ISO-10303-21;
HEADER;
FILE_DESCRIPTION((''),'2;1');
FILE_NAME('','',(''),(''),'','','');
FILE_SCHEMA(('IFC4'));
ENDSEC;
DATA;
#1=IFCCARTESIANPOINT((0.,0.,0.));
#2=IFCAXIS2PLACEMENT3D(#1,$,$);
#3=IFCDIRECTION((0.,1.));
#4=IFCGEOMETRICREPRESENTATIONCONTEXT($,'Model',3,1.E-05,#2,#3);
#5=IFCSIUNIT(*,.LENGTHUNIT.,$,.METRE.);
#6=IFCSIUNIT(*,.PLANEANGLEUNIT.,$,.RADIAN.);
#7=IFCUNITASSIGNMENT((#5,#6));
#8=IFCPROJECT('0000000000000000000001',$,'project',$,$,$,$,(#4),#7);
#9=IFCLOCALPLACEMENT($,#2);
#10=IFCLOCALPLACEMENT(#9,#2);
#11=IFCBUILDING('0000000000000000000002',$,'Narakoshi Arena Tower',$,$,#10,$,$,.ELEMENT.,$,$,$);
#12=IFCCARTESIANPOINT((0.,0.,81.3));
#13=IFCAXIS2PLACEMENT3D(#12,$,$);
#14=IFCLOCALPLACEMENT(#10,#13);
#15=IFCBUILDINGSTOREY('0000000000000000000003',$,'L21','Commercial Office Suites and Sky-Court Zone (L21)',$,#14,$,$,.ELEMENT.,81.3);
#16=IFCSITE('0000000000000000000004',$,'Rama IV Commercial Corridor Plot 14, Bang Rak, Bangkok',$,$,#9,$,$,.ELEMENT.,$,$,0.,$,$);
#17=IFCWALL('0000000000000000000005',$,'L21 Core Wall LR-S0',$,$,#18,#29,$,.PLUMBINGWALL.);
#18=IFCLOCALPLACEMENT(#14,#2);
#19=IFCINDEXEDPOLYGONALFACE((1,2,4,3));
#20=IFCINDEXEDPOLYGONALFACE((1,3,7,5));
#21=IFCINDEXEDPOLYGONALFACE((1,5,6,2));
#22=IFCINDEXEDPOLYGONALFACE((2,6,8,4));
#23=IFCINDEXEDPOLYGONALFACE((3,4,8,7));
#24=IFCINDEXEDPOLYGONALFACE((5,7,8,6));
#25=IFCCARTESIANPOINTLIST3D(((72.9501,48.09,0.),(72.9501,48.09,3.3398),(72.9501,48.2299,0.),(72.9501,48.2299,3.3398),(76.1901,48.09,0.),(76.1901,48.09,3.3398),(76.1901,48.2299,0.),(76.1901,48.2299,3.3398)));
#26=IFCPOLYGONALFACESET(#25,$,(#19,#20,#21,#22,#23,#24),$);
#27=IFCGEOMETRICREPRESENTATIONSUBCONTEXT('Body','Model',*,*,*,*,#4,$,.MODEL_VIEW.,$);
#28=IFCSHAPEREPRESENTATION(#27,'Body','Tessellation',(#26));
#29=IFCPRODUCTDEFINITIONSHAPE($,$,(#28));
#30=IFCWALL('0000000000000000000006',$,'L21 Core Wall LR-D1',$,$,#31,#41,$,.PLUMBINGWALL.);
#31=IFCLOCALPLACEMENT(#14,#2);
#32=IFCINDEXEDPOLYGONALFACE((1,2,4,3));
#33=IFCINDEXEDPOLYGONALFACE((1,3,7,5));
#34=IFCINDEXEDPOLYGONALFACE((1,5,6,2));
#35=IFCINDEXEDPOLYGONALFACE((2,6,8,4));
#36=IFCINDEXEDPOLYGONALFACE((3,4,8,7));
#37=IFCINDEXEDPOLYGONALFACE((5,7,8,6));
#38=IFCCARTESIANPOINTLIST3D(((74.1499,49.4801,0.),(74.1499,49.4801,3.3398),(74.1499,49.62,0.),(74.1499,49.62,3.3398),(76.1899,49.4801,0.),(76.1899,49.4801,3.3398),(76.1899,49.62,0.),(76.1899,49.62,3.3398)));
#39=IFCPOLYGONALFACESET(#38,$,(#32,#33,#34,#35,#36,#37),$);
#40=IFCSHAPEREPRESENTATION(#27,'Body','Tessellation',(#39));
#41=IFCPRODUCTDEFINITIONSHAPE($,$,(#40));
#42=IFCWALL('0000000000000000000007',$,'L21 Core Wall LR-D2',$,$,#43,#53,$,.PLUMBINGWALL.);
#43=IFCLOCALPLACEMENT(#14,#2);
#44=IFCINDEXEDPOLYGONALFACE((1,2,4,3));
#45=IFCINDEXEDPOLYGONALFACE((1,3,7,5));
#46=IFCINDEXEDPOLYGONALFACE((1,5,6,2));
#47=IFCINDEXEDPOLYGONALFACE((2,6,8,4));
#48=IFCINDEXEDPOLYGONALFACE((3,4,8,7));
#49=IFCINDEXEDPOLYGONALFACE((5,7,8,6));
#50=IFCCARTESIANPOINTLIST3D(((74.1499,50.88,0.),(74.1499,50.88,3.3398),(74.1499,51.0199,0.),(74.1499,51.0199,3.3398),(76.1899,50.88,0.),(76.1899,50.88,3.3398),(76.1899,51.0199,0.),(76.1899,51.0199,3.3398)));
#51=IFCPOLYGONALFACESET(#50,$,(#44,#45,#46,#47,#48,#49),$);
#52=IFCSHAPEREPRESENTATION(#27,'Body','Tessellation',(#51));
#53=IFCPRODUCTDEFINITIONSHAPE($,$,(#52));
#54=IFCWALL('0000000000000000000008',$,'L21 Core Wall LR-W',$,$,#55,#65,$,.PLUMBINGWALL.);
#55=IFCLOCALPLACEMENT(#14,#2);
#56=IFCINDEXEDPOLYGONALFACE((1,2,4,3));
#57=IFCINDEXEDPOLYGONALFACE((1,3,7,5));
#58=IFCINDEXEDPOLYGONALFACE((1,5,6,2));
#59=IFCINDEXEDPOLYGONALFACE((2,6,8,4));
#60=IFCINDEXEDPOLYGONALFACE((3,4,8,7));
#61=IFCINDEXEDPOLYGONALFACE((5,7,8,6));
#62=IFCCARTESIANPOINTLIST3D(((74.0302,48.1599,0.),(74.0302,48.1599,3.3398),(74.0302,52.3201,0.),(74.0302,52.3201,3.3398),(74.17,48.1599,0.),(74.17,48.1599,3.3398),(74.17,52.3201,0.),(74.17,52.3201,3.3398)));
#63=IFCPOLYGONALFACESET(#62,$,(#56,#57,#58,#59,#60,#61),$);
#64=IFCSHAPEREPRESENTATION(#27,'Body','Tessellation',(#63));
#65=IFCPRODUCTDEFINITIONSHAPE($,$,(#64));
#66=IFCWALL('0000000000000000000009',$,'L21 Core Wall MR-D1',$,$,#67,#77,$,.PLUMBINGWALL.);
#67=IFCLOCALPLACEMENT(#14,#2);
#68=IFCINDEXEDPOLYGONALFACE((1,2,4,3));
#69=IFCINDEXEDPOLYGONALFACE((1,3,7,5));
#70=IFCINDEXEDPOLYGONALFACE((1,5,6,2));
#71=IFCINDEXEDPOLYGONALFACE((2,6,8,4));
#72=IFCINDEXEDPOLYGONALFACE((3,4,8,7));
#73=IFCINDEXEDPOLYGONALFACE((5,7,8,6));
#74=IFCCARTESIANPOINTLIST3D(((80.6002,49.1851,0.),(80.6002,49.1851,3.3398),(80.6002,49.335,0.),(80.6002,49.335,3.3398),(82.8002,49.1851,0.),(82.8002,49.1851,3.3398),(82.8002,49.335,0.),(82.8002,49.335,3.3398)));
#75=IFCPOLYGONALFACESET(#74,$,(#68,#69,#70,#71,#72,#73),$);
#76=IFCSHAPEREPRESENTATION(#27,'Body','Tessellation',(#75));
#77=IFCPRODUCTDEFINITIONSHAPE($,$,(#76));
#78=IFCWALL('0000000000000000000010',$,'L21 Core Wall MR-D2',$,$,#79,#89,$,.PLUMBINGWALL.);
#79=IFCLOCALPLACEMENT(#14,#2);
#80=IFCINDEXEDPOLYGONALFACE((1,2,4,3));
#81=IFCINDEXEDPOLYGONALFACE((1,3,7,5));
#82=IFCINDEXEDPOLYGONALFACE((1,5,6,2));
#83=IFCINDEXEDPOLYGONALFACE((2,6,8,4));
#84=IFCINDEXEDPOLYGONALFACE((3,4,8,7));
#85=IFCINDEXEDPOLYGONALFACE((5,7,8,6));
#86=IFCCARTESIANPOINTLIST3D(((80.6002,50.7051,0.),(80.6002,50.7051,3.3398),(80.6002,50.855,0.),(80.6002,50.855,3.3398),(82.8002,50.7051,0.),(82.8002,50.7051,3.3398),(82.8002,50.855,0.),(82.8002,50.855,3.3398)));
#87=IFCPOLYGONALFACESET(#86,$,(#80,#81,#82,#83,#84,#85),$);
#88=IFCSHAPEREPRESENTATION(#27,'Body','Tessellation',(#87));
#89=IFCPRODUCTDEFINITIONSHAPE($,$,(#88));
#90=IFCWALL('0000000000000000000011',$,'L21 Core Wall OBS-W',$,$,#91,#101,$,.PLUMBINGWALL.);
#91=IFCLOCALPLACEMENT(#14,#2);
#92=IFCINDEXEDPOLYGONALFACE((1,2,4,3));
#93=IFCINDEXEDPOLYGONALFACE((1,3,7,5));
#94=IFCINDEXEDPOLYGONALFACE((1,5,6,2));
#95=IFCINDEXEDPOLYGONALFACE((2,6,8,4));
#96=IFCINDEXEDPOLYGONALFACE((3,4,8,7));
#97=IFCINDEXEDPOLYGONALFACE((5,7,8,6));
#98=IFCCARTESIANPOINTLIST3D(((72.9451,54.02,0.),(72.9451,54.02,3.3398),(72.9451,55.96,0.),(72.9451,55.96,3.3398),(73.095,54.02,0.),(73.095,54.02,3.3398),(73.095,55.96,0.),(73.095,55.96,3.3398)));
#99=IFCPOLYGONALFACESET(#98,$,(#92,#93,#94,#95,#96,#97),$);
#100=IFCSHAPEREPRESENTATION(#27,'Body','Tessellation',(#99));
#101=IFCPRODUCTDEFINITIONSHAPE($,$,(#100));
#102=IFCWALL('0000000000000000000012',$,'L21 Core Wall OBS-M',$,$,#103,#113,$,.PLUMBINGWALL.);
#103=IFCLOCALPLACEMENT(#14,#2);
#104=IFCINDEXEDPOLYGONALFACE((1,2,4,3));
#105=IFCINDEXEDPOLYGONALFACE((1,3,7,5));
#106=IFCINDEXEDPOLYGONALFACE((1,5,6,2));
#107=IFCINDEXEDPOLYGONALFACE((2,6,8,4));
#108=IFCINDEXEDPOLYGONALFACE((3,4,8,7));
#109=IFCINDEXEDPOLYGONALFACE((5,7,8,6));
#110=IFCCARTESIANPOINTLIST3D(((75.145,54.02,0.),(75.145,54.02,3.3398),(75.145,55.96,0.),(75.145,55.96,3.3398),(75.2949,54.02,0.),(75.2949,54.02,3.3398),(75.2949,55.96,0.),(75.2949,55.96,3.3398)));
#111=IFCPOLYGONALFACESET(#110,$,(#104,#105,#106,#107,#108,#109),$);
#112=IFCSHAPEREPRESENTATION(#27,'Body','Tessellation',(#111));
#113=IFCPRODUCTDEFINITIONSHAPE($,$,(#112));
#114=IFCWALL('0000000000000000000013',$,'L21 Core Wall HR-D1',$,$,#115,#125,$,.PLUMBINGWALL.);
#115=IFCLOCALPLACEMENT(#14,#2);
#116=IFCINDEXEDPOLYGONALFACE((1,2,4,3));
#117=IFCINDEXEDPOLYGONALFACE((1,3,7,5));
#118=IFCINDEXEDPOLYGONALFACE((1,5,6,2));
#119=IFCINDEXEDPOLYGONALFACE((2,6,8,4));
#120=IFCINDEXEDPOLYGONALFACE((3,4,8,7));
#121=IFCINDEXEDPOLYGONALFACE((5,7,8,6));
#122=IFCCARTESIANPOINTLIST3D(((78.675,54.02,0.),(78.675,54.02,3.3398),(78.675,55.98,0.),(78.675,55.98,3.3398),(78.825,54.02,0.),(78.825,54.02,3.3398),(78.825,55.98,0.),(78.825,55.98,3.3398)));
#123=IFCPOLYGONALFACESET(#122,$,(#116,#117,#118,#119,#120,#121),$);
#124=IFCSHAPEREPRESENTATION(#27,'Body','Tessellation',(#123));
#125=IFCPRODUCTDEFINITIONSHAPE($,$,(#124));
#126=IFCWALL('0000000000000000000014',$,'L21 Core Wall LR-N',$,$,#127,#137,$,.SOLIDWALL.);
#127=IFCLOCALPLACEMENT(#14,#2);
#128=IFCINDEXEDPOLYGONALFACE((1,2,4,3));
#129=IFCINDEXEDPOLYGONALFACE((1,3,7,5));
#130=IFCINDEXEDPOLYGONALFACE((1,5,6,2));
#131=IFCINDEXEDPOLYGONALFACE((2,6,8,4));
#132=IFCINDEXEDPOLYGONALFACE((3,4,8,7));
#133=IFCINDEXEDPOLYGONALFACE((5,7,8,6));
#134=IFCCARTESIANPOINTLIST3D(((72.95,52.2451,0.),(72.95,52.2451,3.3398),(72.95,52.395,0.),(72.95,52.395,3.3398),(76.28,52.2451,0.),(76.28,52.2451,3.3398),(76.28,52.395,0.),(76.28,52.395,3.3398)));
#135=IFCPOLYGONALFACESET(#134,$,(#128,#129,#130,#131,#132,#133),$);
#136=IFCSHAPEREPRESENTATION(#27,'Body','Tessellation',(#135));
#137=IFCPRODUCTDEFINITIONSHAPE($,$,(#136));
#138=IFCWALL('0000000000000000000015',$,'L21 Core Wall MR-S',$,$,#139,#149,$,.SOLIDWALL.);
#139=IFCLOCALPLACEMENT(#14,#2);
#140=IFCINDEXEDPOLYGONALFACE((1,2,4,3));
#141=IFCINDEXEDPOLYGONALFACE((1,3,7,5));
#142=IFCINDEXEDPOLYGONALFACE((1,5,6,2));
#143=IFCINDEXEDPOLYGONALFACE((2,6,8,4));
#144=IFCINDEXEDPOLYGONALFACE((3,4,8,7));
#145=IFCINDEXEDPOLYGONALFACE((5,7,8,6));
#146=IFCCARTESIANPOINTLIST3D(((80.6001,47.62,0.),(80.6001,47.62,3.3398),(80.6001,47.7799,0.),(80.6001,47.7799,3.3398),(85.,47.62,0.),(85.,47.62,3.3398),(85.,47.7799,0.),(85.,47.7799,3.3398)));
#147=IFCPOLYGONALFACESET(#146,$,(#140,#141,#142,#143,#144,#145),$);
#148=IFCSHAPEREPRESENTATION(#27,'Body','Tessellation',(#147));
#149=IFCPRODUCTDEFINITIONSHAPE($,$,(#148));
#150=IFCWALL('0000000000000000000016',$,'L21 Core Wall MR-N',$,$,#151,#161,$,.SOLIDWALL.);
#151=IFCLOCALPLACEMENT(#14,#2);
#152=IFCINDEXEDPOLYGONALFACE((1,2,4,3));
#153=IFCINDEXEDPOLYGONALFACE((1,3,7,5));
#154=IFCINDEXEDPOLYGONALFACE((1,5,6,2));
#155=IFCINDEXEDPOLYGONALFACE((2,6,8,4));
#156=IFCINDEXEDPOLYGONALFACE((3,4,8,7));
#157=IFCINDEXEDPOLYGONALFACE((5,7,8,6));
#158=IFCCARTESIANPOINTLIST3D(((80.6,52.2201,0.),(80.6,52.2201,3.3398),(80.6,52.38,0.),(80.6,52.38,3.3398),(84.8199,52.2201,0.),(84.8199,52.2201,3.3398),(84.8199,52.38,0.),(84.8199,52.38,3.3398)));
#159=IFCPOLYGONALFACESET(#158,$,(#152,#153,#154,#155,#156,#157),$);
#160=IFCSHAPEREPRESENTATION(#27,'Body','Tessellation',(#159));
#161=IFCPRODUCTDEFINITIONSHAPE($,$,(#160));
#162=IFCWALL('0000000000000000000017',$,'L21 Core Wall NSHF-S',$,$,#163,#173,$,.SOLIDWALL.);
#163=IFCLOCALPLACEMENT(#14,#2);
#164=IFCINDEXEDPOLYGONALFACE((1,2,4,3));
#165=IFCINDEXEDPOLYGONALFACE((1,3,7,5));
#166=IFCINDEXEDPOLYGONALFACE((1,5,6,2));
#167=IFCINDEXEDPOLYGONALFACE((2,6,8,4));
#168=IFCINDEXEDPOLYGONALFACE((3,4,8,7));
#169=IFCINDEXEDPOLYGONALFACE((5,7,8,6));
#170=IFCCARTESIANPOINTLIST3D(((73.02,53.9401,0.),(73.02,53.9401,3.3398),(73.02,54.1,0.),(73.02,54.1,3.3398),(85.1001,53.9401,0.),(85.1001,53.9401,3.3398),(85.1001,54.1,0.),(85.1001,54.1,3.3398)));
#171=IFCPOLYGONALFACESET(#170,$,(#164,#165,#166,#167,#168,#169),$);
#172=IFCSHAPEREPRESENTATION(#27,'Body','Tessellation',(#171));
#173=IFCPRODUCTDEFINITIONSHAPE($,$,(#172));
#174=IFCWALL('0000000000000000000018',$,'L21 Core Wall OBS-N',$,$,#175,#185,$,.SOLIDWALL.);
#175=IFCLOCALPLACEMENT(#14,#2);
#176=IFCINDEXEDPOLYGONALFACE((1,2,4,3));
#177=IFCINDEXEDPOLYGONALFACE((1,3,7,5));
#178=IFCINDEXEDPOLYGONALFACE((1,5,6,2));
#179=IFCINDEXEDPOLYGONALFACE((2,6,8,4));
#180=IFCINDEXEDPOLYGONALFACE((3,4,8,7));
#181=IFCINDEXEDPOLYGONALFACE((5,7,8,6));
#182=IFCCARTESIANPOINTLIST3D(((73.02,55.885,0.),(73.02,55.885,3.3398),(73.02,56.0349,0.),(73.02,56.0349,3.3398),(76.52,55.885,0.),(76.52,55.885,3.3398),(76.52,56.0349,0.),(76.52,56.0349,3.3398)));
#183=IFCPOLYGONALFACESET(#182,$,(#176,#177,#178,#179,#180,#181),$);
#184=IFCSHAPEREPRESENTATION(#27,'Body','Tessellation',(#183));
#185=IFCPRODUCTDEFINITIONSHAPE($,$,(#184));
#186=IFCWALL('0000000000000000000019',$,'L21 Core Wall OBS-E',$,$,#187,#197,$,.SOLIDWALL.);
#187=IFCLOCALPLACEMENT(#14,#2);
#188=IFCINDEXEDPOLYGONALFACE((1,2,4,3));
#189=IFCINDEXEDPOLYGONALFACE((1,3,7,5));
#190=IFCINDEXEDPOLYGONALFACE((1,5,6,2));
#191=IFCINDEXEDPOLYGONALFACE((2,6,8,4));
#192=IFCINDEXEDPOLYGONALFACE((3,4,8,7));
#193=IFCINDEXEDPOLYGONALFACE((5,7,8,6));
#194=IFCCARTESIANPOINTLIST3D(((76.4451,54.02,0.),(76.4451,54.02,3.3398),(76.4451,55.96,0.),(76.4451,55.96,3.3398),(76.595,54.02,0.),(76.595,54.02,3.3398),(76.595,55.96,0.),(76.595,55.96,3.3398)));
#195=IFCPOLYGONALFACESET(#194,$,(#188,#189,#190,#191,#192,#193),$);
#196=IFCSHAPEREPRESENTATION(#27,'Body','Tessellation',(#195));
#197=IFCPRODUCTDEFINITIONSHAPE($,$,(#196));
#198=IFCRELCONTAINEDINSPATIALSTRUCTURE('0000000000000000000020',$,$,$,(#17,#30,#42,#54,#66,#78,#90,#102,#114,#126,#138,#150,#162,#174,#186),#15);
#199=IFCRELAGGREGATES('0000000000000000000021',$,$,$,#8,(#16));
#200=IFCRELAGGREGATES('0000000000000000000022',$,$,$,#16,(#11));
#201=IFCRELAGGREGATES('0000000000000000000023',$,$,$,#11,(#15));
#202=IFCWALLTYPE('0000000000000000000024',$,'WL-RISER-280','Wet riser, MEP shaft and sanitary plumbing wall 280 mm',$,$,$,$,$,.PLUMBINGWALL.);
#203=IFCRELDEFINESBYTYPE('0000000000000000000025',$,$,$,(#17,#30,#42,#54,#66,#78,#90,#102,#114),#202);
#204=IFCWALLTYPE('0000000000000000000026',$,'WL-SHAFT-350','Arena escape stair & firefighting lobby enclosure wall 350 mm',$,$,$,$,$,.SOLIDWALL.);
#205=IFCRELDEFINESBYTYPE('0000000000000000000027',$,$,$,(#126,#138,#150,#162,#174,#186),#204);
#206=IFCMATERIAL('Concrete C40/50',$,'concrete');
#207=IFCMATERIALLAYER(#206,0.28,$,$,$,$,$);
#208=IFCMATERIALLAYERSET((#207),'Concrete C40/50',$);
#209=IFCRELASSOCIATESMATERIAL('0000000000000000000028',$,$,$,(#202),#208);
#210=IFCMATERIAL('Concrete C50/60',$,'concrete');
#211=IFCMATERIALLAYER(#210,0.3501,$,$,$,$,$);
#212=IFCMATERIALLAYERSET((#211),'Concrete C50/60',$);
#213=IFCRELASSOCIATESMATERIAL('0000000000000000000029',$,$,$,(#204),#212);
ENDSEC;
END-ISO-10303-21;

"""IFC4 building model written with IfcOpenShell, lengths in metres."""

from ifc_helpers import new_model, si_unit, direction, frame, frame_2d, origin, place, context, subcontext, project, spatial, rectangle, extrude, material, layer, layer_set, type_object, element, save


model = new_model("IFC4")

# Units and contexts
model_context = context("Model", 3, precision=1e-05, world=origin(), true_north=direction((0.0, 1.0)))
body_context = subcontext(model_context, "Body", "Model", "MODEL_VIEW")
ifc_project = project(units=[si_unit("LENGTHUNIT", "METRE"), si_unit("PLANEANGLEUNIT", "RADIAN")], contexts=[model_context])

# Site, building, storey
site_placement = place(None, origin())
site = spatial("IfcSite", under=ifc_project, at=site_placement, Name="Rama IV Commercial Corridor Plot 14, Bang Rak, Bangkok", CompositionType="ELEMENT", RefElevation=0.0)
building_placement = place(site_placement, origin())
building = spatial("IfcBuilding", under=site, at=building_placement, Name="Narakoshi Arena Tower", CompositionType="ELEMENT")
storey_placement = place(building_placement, frame((0.0, 0.0, 81.3)))
storey = spatial("IfcBuildingStorey", under=building, at=storey_placement, Name="L21", Description="Commercial Office Suites and Sky-Court Zone (L21)", CompositionType="ELEMENT", Elevation=81.3)

# Walls
ifc_material_1 = material(Name="Concrete C40/50", Category="concrete")
ifc_layer_1 = layer(ifc_material_1, 0.28)
ifc_layer_set_1 = layer_set([ifc_layer_1], Name="Concrete C40/50")
wall_type_1 = type_object("IfcWallType", Name="WL-RISER-280", Description="Wet riser, MEP shaft and sanitary plumbing wall 280 mm", PredefinedType="PLUMBINGWALL", material=ifc_layer_set_1)
wall_1_placement = place(storey_placement, frame((72.95, 48.1599, 0.0), z_axis=(0.0, 0.0, 1.0), x_axis=(1.0, 0.0, 0.0)))
element("IfcWall", 1, at=wall_1_placement, inside=storey, type_object=wall_type_1, Name="L21 Core Wall LR-S0", PredefinedType="PLUMBINGWALL", context=body_context, shape_type="SweptSolid", body=[
    extrude(rectangle(XDim=3.24, YDim=0.1399, at=frame_2d((1.6201, 0.0))), origin(), (0.0, 0.0, 1.0), 3.3398),
])
for number, where, z_axis, x_axis, name in (
    (2, (74.1499, 49.55, 0.0), (0.0, 0.0, 1.0), (1.0, 0.0, 0.0), "L21 Core Wall LR-D1"),
    (3, (74.1499, 50.95, 0.0), (0.0, 0.0, 1.0), (1.0, 0.0, 0.0), "L21 Core Wall LR-D2"),
):
    element("IfcWall", number, at=place(storey_placement, frame(where, z_axis=z_axis, x_axis=x_axis)), inside=storey, type_object=wall_type_1, Name=name, PredefinedType="PLUMBINGWALL", context=body_context, shape_type="SweptSolid", body=[
        extrude(rectangle(XDim=2.04, YDim=0.1399, at=frame_2d((1.02, 0.0))), origin(), (0.0, 0.0, 1.0), 3.3398),
    ])
wall_2_placement = place(storey_placement, frame((74.1001, 48.1599, 0.0), z_axis=(0.0, 0.0, 1.0), x_axis=(0.0, 1.0, 0.0)))
element("IfcWall", 4, at=wall_2_placement, inside=storey, type_object=wall_type_1, Name="L21 Core Wall LR-W", PredefinedType="PLUMBINGWALL", context=body_context, shape_type="SweptSolid", body=[
    extrude(rectangle(XDim=4.1602, YDim=0.1399, at=frame_2d((2.0801, 0.0))), origin(), (0.0, 0.0, 1.0), 3.3398),
])
for number, where, z_axis, x_axis, name in (
    (5, (80.6001, 49.26, 0.0), (0.0, 0.0, 1.0), (1.0, 0.0, 0.0), "L21 Core Wall MR-D1"),
    (6, (80.6001, 50.78, 0.0), (0.0, 0.0, 1.0), (1.0, 0.0, 0.0), "L21 Core Wall MR-D2"),
):
    element("IfcWall", number, at=place(storey_placement, frame(where, z_axis=z_axis, x_axis=x_axis)), inside=storey, type_object=wall_type_1, Name=name, PredefinedType="PLUMBINGWALL", context=body_context, shape_type="SweptSolid", body=[
        extrude(rectangle(XDim=2.2, YDim=0.1499, at=frame_2d((1.1001, 0.0))), origin(), (0.0, 0.0, 1.0), 3.3398),
    ])
for number, where, z_axis, x_axis, name in (
    (7, (73.02, 54.02, 0.0), (0.0, 0.0, 1.0), (0.0, 1.0, 0.0), "L21 Core Wall OBS-W"),
    (8, (75.22, 54.02, 0.0), (0.0, 0.0, 1.0), (0.0, 1.0, 0.0), "L21 Core Wall OBS-M"),
):
    element("IfcWall", number, at=place(storey_placement, frame(where, z_axis=z_axis, x_axis=x_axis)), inside=storey, type_object=wall_type_1, Name=name, PredefinedType="PLUMBINGWALL", context=body_context, shape_type="SweptSolid", body=[
        extrude(rectangle(XDim=1.9399, YDim=0.1499, at=frame_2d((0.97, 0.0))), origin(), (0.0, 0.0, 1.0), 3.3398),
    ])
wall_3_placement = place(storey_placement, frame((78.75, 54.02, 0.0), z_axis=(0.0, 0.0, 1.0), x_axis=(0.0, 1.0, 0.0)))
element("IfcWall", 9, at=wall_3_placement, inside=storey, type_object=wall_type_1, Name="L21 Core Wall HR-D1", PredefinedType="PLUMBINGWALL", context=body_context, shape_type="SweptSolid", body=[
    extrude(rectangle(XDim=1.96, YDim=0.1499, at=frame_2d((0.98, 0.0))), origin(), (0.0, 0.0, 1.0), 3.3398),
])
ifc_material_2 = material(Name="Concrete C50/60", Category="concrete")
ifc_layer_2 = layer(ifc_material_2, 0.3501)
ifc_layer_set_2 = layer_set([ifc_layer_2], Name="Concrete C50/60")
wall_type_2 = type_object("IfcWallType", Name="WL-SHAFT-350", Description="Arena escape stair & firefighting lobby enclosure wall 350 mm", PredefinedType="SOLIDWALL", material=ifc_layer_set_2)
wall_4_placement = place(storey_placement, frame((72.95, 52.3201, 0.0), z_axis=(0.0, 0.0, 1.0), x_axis=(1.0, 0.0, 0.0)))
element("IfcWall", 10, at=wall_4_placement, inside=storey, type_object=wall_type_2, Name="L21 Core Wall LR-N", PredefinedType="SOLIDWALL", context=body_context, shape_type="SweptSolid", body=[
    extrude(rectangle(XDim=3.3301, YDim=0.1499, at=frame_2d((1.665, 0.0))), origin(), (0.0, 0.0, 1.0), 3.3398),
])
wall_5_placement = place(storey_placement, frame((80.6001, 47.7, 0.0), z_axis=(0.0, 0.0, 1.0), x_axis=(1.0, 0.0, 0.0)))
element("IfcWall", 11, at=wall_5_placement, inside=storey, type_object=wall_type_2, Name="L21 Core Wall MR-S", PredefinedType="SOLIDWALL", context=body_context, shape_type="SweptSolid", body=[
    extrude(rectangle(XDim=4.3999, YDim=0.1599, at=frame_2d((2.2, 0.0))), origin(), (0.0, 0.0, 1.0), 3.3398),
])
wall_6_placement = place(storey_placement, frame((80.6001, 52.3, 0.0), z_axis=(0.0, 0.0, 1.0), x_axis=(1.0, 0.0, 0.0)))
element("IfcWall", 12, at=wall_6_placement, inside=storey, type_object=wall_type_2, Name="L21 Core Wall MR-N", PredefinedType="SOLIDWALL", context=body_context, shape_type="SweptSolid", body=[
    extrude(rectangle(XDim=4.22, YDim=0.1599, at=frame_2d((2.1099, 0.0))), origin(), (0.0, 0.0, 1.0), 3.3398),
])
wall_7_placement = place(storey_placement, frame((73.02, 54.02, 0.0), z_axis=(0.0, 0.0, 1.0), x_axis=(1.0, 0.0, 0.0)))
element("IfcWall", 13, at=wall_7_placement, inside=storey, type_object=wall_type_2, Name="L21 Core Wall NSHF-S", PredefinedType="SOLIDWALL", context=body_context, shape_type="SweptSolid", body=[
    extrude(rectangle(XDim=12.0801, YDim=0.1599, at=frame_2d((6.04, 0.0))), origin(), (0.0, 0.0, 1.0), 3.3398),
])
wall_8_placement = place(storey_placement, frame((73.02, 55.96, 0.0), z_axis=(0.0, 0.0, 1.0), x_axis=(1.0, 0.0, 0.0)))
element("IfcWall", 14, at=wall_8_placement, inside=storey, type_object=wall_type_2, Name="L21 Core Wall OBS-N", PredefinedType="SOLIDWALL", context=body_context, shape_type="SweptSolid", body=[
    extrude(rectangle(XDim=3.5, YDim=0.1499, at=frame_2d((1.75, 0.0))), origin(), (0.0, 0.0, 1.0), 3.3398),
])
wall_9_placement = place(storey_placement, frame((76.52, 54.02, 0.0), z_axis=(0.0, 0.0, 1.0), x_axis=(0.0, 1.0, 0.0)))
element("IfcWall", 15, at=wall_9_placement, inside=storey, type_object=wall_type_2, Name="L21 Core Wall OBS-E", PredefinedType="SOLIDWALL", context=body_context, shape_type="SweptSolid", body=[
    extrude(rectangle(XDim=1.9399, YDim=0.1499, at=frame_2d((0.97, 0.0))), origin(), (0.0, 0.0, 1.0), 3.3398),
])

save(model, "model.ifc")
